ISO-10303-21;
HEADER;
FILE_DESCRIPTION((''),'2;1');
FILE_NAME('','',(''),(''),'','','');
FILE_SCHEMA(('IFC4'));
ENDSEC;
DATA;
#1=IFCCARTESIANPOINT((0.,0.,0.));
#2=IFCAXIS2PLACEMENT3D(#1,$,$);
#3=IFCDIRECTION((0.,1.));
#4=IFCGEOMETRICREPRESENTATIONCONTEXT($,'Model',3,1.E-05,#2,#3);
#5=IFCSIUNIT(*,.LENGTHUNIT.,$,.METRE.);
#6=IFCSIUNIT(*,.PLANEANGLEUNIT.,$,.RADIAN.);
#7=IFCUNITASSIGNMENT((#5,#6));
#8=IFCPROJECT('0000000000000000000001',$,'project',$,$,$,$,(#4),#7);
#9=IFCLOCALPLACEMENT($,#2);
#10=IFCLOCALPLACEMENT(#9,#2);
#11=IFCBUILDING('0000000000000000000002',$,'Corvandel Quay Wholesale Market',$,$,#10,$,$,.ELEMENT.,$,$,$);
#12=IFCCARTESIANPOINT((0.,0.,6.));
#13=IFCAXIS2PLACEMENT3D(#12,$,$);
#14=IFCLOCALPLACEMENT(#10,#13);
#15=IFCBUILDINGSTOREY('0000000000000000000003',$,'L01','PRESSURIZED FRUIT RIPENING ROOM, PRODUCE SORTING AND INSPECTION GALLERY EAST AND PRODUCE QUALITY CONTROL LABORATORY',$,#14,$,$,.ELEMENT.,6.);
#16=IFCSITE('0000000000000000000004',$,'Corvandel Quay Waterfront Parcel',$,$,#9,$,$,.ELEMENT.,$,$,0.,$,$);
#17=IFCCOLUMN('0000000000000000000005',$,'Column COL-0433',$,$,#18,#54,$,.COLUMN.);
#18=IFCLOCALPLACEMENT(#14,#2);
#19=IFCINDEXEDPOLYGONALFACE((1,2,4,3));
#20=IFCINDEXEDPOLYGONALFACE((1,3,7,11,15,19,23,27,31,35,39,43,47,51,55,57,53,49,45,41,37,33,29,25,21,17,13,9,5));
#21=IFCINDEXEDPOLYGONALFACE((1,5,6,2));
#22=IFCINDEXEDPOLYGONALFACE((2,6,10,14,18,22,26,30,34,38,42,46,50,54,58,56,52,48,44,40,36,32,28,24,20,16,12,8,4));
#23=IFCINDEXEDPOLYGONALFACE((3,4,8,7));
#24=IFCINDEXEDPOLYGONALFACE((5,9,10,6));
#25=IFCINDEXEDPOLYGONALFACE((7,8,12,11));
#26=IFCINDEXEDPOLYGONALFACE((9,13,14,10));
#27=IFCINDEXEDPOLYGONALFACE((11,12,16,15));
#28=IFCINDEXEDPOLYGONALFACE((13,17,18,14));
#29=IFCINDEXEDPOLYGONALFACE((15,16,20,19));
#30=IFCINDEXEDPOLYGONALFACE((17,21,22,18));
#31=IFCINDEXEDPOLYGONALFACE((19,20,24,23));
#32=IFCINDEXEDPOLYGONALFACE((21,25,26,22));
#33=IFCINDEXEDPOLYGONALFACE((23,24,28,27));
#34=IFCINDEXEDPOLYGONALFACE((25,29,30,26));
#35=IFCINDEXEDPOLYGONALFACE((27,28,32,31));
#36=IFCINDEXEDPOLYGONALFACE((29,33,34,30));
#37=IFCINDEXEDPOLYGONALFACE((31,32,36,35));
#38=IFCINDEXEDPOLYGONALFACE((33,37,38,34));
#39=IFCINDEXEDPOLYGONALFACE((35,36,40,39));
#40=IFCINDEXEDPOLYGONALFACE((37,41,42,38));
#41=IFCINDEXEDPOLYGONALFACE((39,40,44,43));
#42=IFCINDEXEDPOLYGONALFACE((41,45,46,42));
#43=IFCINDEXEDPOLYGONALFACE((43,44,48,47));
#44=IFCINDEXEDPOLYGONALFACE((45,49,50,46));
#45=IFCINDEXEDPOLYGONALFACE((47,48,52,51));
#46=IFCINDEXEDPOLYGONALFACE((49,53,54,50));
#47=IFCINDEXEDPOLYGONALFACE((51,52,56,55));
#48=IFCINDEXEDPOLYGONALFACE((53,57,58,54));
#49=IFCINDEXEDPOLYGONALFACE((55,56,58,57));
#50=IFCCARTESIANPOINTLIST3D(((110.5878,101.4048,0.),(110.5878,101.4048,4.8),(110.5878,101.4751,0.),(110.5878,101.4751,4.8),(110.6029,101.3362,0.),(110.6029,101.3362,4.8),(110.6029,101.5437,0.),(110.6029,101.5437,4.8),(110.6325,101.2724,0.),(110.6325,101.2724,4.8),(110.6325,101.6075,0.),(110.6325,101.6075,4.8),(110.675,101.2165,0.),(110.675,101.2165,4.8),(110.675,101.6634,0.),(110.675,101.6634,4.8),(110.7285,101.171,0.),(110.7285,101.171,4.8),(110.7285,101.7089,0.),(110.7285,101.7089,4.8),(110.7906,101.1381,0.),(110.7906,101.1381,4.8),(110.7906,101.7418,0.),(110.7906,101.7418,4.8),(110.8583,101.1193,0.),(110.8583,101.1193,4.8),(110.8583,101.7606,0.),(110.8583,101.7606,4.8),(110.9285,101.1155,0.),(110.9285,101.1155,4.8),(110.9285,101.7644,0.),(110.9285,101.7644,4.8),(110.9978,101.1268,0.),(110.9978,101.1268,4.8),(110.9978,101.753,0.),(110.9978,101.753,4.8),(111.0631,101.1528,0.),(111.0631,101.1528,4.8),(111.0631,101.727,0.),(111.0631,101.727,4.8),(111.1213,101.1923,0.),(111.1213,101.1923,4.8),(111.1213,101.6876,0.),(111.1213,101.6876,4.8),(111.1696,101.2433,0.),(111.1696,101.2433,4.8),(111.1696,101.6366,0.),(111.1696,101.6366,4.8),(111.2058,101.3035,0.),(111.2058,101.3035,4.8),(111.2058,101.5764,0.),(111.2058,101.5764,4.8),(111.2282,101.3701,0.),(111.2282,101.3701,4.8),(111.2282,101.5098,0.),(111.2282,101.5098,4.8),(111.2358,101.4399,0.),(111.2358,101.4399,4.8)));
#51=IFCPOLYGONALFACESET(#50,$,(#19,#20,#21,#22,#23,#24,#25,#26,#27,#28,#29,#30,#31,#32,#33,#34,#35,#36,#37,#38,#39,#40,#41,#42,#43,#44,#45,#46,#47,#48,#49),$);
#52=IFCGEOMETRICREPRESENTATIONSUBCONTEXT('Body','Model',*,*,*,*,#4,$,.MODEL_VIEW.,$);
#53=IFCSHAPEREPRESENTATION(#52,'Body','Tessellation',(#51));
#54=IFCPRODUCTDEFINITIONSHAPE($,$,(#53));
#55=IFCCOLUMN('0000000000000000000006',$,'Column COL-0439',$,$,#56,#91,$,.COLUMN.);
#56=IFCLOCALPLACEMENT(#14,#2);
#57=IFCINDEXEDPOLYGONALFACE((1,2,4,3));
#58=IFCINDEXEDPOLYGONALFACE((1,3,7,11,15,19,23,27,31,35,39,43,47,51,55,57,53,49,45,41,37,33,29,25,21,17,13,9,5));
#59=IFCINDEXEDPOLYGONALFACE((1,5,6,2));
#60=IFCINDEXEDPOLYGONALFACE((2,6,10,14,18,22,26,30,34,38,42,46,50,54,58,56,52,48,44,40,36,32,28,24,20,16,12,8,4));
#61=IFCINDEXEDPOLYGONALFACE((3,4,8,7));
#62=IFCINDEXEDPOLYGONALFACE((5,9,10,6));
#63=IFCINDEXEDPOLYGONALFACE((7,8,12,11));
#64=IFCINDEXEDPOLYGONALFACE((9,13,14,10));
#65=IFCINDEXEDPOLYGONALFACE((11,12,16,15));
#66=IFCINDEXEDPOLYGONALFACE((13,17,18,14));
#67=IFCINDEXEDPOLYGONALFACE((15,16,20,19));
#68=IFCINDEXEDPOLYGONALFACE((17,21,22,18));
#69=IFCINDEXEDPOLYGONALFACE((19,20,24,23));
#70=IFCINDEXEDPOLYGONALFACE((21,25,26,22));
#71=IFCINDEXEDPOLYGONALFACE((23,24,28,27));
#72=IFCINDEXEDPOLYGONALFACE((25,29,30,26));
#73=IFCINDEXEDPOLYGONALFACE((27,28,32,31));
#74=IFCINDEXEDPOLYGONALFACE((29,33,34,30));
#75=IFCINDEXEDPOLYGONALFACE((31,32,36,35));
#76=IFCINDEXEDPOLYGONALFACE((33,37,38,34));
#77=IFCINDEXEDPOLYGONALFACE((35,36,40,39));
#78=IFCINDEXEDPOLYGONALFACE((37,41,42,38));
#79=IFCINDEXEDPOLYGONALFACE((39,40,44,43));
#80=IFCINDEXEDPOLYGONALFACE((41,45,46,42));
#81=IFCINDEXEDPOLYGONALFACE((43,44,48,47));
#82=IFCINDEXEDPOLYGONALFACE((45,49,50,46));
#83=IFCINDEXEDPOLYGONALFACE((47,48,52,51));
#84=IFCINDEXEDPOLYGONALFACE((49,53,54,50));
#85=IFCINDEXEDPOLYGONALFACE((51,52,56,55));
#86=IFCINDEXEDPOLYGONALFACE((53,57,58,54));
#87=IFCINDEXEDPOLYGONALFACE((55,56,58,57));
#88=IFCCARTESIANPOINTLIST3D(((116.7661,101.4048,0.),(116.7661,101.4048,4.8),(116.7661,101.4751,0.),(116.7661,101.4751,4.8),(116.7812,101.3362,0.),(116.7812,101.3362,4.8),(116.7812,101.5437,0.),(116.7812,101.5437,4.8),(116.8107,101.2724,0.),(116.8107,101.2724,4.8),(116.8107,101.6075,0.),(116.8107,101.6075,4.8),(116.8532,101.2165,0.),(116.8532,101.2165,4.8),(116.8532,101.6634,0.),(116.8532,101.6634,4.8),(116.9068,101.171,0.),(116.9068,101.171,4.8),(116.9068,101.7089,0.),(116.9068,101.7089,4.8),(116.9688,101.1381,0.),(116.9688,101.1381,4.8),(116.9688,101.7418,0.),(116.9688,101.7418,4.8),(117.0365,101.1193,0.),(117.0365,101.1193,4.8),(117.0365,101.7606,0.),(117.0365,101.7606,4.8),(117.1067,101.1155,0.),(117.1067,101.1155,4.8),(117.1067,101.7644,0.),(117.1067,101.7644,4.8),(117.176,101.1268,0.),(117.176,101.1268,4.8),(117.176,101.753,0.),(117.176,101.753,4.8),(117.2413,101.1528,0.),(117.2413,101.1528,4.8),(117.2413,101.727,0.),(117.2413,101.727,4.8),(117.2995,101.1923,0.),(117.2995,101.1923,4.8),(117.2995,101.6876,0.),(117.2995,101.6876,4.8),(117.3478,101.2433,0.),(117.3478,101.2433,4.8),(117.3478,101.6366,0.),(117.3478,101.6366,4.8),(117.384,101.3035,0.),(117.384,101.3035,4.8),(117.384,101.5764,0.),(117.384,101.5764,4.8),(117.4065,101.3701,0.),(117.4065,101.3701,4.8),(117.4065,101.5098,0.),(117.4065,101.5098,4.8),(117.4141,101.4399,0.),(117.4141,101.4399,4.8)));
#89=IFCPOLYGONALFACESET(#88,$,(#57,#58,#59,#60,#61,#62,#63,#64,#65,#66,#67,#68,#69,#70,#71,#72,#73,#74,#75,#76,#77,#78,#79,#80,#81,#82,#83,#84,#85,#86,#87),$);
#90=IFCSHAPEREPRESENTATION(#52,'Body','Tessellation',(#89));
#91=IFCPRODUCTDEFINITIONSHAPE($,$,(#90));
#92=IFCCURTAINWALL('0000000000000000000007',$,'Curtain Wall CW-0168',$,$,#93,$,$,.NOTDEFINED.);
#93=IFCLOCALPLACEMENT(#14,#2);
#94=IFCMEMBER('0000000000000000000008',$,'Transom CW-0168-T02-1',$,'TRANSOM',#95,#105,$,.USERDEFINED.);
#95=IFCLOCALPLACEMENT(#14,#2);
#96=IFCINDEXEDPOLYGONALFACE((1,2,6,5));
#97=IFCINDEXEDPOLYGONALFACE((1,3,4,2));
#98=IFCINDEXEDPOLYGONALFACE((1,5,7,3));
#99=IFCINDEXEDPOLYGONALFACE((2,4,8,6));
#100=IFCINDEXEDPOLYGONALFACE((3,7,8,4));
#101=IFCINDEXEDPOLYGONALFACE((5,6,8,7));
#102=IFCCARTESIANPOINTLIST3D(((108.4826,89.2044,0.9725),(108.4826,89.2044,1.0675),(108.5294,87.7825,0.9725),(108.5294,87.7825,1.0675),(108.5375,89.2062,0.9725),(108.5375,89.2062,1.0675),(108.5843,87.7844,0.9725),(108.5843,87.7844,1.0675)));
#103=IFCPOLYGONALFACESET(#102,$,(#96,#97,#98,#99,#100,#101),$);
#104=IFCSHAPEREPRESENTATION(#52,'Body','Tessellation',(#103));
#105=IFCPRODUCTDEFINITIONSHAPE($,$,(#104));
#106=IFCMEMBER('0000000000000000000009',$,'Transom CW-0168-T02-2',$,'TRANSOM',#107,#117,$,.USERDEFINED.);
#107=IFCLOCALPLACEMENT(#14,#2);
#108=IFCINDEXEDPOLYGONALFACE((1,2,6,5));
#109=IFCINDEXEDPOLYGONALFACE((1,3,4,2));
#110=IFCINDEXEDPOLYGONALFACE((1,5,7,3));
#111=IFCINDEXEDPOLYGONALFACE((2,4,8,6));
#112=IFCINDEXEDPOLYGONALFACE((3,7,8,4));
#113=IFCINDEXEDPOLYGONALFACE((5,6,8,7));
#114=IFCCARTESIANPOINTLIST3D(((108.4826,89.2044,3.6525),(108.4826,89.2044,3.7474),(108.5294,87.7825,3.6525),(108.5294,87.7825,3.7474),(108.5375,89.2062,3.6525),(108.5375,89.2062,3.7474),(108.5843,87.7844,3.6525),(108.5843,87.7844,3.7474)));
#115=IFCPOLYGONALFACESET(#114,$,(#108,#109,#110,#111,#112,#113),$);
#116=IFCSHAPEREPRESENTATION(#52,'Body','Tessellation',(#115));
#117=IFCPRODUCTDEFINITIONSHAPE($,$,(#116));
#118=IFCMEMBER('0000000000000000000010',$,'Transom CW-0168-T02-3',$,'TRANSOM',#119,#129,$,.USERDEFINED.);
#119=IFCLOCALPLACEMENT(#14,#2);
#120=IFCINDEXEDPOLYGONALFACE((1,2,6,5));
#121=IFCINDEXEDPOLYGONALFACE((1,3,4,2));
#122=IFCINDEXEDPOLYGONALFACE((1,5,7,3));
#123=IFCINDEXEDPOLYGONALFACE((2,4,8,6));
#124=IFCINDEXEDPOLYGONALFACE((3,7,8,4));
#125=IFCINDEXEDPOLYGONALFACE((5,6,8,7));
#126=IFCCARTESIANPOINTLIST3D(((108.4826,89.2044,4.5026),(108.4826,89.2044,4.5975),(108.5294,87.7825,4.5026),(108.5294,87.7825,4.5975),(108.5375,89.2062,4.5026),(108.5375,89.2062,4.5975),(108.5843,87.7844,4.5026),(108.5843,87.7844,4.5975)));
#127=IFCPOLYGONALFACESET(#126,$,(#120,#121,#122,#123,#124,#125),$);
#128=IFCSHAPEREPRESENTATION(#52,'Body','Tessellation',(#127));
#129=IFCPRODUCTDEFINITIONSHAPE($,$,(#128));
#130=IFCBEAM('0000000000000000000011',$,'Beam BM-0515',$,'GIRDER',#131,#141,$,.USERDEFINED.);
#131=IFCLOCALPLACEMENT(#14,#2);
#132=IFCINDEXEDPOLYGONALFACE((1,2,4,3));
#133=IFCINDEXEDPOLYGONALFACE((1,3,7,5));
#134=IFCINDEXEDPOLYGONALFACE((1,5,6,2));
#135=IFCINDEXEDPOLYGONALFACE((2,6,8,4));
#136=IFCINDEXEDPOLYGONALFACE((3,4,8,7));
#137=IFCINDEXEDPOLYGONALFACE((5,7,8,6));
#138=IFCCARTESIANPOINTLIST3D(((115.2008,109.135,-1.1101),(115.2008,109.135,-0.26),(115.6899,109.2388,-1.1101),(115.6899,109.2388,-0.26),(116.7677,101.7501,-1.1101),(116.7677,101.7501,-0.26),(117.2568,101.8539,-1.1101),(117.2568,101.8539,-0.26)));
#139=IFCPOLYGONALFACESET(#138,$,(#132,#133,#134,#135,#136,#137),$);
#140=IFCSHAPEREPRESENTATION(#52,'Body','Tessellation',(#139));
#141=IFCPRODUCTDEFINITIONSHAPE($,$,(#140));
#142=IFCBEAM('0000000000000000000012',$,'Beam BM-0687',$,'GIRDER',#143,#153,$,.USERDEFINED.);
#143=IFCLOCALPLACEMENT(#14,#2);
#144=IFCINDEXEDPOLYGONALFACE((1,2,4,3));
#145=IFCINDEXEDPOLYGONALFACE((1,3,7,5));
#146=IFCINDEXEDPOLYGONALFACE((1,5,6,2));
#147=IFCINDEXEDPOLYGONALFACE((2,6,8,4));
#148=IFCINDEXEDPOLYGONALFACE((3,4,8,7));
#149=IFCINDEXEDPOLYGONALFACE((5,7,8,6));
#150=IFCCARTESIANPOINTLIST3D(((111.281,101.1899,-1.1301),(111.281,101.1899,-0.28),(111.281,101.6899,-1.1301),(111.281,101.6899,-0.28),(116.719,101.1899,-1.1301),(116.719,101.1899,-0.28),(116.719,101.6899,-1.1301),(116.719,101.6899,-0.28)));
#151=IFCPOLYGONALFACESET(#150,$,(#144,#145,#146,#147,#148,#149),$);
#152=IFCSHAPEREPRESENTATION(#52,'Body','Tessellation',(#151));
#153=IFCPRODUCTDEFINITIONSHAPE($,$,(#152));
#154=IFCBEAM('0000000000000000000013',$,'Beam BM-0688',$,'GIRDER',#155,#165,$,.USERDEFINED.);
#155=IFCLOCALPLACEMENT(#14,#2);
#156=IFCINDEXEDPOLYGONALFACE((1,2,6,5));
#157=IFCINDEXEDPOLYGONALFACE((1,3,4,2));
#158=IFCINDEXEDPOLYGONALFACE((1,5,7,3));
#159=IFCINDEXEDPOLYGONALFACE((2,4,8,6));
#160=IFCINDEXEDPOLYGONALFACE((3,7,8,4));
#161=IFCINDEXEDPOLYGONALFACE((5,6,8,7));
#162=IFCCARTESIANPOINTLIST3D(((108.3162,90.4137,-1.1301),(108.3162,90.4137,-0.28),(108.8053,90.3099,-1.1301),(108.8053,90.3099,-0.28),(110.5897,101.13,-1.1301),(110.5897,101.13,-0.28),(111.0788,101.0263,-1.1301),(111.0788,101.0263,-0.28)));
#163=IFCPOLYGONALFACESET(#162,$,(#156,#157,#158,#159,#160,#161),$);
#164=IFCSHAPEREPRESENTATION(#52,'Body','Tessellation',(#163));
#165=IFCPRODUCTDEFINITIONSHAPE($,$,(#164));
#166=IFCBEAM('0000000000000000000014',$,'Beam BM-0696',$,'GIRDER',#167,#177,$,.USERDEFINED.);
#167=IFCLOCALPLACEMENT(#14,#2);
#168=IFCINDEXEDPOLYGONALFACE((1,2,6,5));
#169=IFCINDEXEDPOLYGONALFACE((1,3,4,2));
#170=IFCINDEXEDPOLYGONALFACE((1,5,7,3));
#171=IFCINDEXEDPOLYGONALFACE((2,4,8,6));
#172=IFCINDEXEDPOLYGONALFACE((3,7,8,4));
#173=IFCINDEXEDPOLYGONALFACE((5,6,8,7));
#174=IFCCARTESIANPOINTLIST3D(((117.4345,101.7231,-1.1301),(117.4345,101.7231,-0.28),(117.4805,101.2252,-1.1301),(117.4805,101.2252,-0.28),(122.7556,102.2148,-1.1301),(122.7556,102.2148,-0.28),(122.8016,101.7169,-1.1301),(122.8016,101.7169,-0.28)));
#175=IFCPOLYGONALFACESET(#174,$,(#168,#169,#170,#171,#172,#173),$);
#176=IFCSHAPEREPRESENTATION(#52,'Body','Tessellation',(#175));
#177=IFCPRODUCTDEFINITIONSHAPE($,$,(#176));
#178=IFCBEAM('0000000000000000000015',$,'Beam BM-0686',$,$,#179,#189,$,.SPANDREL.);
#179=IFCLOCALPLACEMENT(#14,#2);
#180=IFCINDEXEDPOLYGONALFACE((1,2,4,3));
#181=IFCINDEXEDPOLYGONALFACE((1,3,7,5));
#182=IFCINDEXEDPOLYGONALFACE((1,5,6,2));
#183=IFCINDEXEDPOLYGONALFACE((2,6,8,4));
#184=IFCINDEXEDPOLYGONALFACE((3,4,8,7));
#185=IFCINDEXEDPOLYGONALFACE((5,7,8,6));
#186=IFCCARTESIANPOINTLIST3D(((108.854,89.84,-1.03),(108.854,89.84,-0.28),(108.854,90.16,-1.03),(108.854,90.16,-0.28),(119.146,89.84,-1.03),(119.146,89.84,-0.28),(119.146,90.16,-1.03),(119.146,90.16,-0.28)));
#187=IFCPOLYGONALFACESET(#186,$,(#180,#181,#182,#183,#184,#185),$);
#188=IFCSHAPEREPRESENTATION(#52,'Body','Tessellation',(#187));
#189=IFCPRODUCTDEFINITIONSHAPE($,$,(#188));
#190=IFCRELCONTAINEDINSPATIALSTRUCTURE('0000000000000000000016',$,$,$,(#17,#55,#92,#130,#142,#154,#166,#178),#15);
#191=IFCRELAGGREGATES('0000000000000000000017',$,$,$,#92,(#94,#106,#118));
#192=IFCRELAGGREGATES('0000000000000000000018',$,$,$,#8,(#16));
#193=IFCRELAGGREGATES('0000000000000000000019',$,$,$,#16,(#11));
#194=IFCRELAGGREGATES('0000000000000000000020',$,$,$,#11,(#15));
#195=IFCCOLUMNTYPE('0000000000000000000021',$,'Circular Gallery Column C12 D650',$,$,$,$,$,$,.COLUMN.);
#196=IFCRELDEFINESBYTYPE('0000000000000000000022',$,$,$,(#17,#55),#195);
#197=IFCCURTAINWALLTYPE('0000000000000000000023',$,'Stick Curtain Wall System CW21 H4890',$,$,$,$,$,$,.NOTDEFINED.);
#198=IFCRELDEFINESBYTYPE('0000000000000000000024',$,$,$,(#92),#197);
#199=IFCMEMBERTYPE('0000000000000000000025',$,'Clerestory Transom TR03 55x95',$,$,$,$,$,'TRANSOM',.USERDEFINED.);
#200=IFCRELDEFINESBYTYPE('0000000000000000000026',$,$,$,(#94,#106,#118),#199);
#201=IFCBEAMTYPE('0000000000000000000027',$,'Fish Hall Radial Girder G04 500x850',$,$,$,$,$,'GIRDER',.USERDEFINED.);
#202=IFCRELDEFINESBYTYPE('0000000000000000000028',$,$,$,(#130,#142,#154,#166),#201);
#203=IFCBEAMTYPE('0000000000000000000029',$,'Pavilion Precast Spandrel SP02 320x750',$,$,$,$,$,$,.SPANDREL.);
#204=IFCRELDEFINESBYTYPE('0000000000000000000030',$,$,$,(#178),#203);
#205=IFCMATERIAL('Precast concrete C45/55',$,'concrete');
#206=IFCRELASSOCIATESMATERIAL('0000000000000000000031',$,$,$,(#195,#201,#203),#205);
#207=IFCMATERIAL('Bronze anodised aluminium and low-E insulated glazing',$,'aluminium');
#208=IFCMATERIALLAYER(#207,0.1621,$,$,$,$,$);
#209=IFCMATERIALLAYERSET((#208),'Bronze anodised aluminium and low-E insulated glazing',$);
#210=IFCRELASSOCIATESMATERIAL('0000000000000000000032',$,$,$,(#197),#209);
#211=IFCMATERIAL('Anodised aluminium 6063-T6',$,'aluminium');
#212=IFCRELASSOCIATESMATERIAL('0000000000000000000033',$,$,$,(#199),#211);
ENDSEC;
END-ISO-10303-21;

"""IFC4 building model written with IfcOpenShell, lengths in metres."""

from ifc_helpers import new_model, si_unit, direction, frame, origin, origin_2d, place, context, subcontext, project, spatial, rectangle, circle, extrude, material, layer, layer_set, material_profile, profile_set, type_object, element, aggregate, save


model = new_model("IFC4")

# Units and contexts
model_context = context("Model", 3, precision=1e-05, world=origin(), true_north=direction((0.0, 1.0)))
body_context = subcontext(model_context, "Body", "Model", "MODEL_VIEW")
ifc_project = project(units=[si_unit("LENGTHUNIT", "METRE"), si_unit("PLANEANGLEUNIT", "RADIAN")], contexts=[model_context])

# Site, building, storey
site_placement = place(None, origin())
site = spatial("IfcSite", under=ifc_project, at=site_placement, Name="Corvandel Quay Waterfront Parcel", CompositionType="ELEMENT", RefElevation=0.0)
building_placement = place(site_placement, origin())
building = spatial("IfcBuilding", under=site, at=building_placement, Name="Corvandel Quay Wholesale Market", CompositionType="ELEMENT")
storey_placement = place(building_placement, frame((0.0, 0.0, 6.0)))
storey = spatial("IfcBuildingStorey", under=building, at=storey_placement, Name="L01", Description="PRESSURIZED FRUIT RIPENING ROOM, PRODUCE SORTING AND INSPECTION GALLERY EAST AND PRODUCE QUALITY CONTROL LABORATORY", CompositionType="ELEMENT", Elevation=6.0)

# Columns
ifc_material_1 = material(Name="Precast concrete C45/55", Category="concrete")
ifc_material_profile_1 = material_profile(ifc_material_1, circle(Radius=0.325, at=origin_2d()), Name="PC-COL-D650")
ifc_profile_set_1 = profile_set([ifc_material_profile_1], Name="Precast concrete C45/55")
column_type = type_object("IfcColumnType", Name="Circular Gallery Column C12 D650", PredefinedType="COLUMN", material=ifc_profile_set_1)
for number, where, z_axis, x_axis, name in (
    (1, (110.9109, 101.4399, 0.0), (0.0, 0.0, 1.0), (1.0, 0.0, 0.0), "Column COL-0433"),
    (2, (117.0891, 101.4399, 0.0), (0.0, 0.0, 1.0), (1.0, 0.0, 0.0), "Column COL-0439"),
):
    element("IfcColumn", number, at=place(storey_placement, frame(where, z_axis=z_axis, x_axis=x_axis)), inside=storey, type_object=column_type, Name=name, PredefinedType="COLUMN", context=body_context, shape_type="SweptSolid", body=[
        extrude(circle(Radius=0.325, at=origin_2d()), origin(), (0.0, 0.0, 1.0), 4.8),
    ])

# Curtain wall, members
ifc_material_2 = material(Name="Bronze anodised aluminium and low-E insulated glazing", Category="aluminium")
ifc_layer_1 = layer(ifc_material_2, 0.1621)
ifc_layer_set_1 = layer_set([ifc_layer_1], Name="Bronze anodised aluminium and low-E insulated glazing")
curtain_wall_type = type_object("IfcCurtainWallType", Name="Stick Curtain Wall System CW21 H4890", PredefinedType="NOTDEFINED", material=ifc_layer_set_1)
curtain_wall_placement = place(storey_placement, origin())
curtain_wall = element("IfcCurtainWall", 3, at=curtain_wall_placement, inside=storey, type_object=curtain_wall_type, Name="Curtain Wall CW-0168", PredefinedType="NOTDEFINED")
ifc_material_3 = material(Name="Anodised aluminium 6063-T6", Category="aluminium")
ifc_material_profile_2 = material_profile(ifc_material_3, rectangle(XDim=0.0549, YDim=0.095, at=origin_2d()), Name="ALU-TRN-55x95")
ifc_profile_set_2 = profile_set([ifc_material_profile_2], Name="Anodised aluminium 6063-T6")
member_type = type_object("IfcMemberType", Name="Clerestory Transom TR03 55x95", ElementType="TRANSOM", PredefinedType="USERDEFINED", material=ifc_profile_set_2)
member_1_placement = place(storey_placement, frame((108.5569, 87.7834, 1.02), z_axis=(-0.032949, 0.999457, 0.0), x_axis=(-0.999457, -0.032949, 0.0)))
member_1 = element("IfcMember", 4, at=member_1_placement, type_object=member_type, Name="Transom CW-0168-T02-1", ObjectType="TRANSOM", PredefinedType="USERDEFINED", context=body_context, shape_type="SweptSolid", body=[
    extrude(rectangle(XDim=0.0549, YDim=0.095, at=origin_2d()), origin(), (0.0, 0.0, 1.0), 1.4226),
])
member_2_placement = place(storey_placement, frame((108.5569, 87.7834, 3.7), z_axis=(-0.032949, 0.999457, 0.0), x_axis=(-0.999457, -0.032949, 0.0)))
member_2 = element("IfcMember", 5, at=member_2_placement, type_object=member_type, Name="Transom CW-0168-T02-2", ObjectType="TRANSOM", PredefinedType="USERDEFINED", context=body_context, shape_type="SweptSolid", body=[
    extrude(rectangle(XDim=0.0549, YDim=0.095, at=origin_2d()), origin(), (0.0, 0.0, 1.0), 1.4226),
])
member_3_placement = place(storey_placement, frame((108.5569, 87.7834, 4.55), z_axis=(-0.032949, 0.999457, 0.0), x_axis=(-0.999457, -0.032949, 0.0)))
member_3 = element("IfcMember", 6, at=member_3_placement, type_object=member_type, Name="Transom CW-0168-T02-3", ObjectType="TRANSOM", PredefinedType="USERDEFINED", context=body_context, shape_type="SweptSolid", body=[
    extrude(rectangle(XDim=0.0549, YDim=0.095, at=origin_2d()), origin(), (0.0, 0.0, 1.0), 1.4226),
])

# Beams
ifc_material_profile_3 = material_profile(ifc_material_1, rectangle(XDim=0.5, YDim=0.8501, at=origin_2d()), Name="PC-GIR-500x850")
ifc_profile_set_3 = profile_set([ifc_material_profile_3], Name="Precast concrete C45/55")
beam_type_1 = type_object("IfcBeamType", Name="Fish Hall Radial Girder G04 500x850", ElementType="GIRDER", PredefinedType="USERDEFINED", material=ifc_profile_set_3)
beam_1_placement = place(storey_placement, frame((117.0122, 101.802, -0.6851), z_axis=(-0.207552, 0.978224, 0.0), x_axis=(-0.978224, -0.207552, 0.0)))
element("IfcBeam", 7, at=beam_1_placement, inside=storey, type_object=beam_type_1, Name="Beam BM-0515", ObjectType="GIRDER", PredefinedType="USERDEFINED", context=body_context, shape_type="SweptSolid", body=[
    extrude(rectangle(XDim=0.5, YDim=0.8501, at=origin_2d()), origin(), (0.0, 0.0, 1.0), 7.5493),
])
beam_2_placement = place(storey_placement, frame((111.281, 101.4399, -0.7051), z_axis=(1.0, 0.0, 0.0), x_axis=(0.0, 1.0, 0.0)))
element("IfcBeam", 8, at=beam_2_placement, inside=storey, type_object=beam_type_1, Name="Beam BM-0687", ObjectType="GIRDER", PredefinedType="USERDEFINED", context=body_context, shape_type="SweptSolid", body=[
    extrude(rectangle(XDim=0.5, YDim=0.8501, at=origin_2d()), origin(), (0.0, 0.0, 1.0), 5.438),
])
beam_3_placement = place(storey_placement, frame((108.5608, 90.3618, -0.7051), z_axis=(0.207529, 0.978229, 0.0), x_axis=(-0.978229, 0.207529, 0.0)))
element("IfcBeam", 9, at=beam_3_placement, inside=storey, type_object=beam_type_1, Name="Beam BM-0688", ObjectType="GIRDER", PredefinedType="USERDEFINED", context=body_context, shape_type="SweptSolid", body=[
    extrude(rectangle(XDim=0.5, YDim=0.8501, at=origin_2d()), origin(), (0.0, 0.0, 1.0), 10.9548),
])
beam_4_placement = place(storey_placement, frame((117.4575, 101.4741, -0.7051), z_axis=(0.995758, 0.092014, 0.0), x_axis=(-0.092014, 0.995758, 0.0)))
element("IfcBeam", 10, at=beam_4_placement, inside=storey, type_object=beam_type_1, Name="Beam BM-0696", ObjectType="GIRDER", PredefinedType="USERDEFINED", context=body_context, shape_type="SweptSolid", body=[
    extrude(rectangle(XDim=0.5, YDim=0.8501, at=origin_2d()), origin(), (0.0, 0.0, 1.0), 5.3438),
])
ifc_material_profile_4 = material_profile(ifc_material_1, rectangle(XDim=0.3201, YDim=0.75, at=origin_2d()), Name="PC-SPN-320x750")
ifc_profile_set_4 = profile_set([ifc_material_profile_4], Name="Precast concrete C45/55")
beam_type_2 = type_object("IfcBeamType", Name="Pavilion Precast Spandrel SP02 320x750", PredefinedType="SPANDREL", material=ifc_profile_set_4)
beam_5_placement = place(storey_placement, frame((108.854, 90.0, -0.655), z_axis=(1.0, 0.0, 0.0), x_axis=(0.0, 1.0, 0.0)))
element("IfcBeam", 11, at=beam_5_placement, inside=storey, type_object=beam_type_2, Name="Beam BM-0686", PredefinedType="SPANDREL", context=body_context, shape_type="SweptSolid", body=[
    extrude(rectangle(XDim=0.3201, YDim=0.75, at=origin_2d()), origin(), (0.0, 0.0, 1.0), 10.292),
])

aggregate(curtain_wall, [member_1, member_2, member_3])

save(model, "model.ifc")
